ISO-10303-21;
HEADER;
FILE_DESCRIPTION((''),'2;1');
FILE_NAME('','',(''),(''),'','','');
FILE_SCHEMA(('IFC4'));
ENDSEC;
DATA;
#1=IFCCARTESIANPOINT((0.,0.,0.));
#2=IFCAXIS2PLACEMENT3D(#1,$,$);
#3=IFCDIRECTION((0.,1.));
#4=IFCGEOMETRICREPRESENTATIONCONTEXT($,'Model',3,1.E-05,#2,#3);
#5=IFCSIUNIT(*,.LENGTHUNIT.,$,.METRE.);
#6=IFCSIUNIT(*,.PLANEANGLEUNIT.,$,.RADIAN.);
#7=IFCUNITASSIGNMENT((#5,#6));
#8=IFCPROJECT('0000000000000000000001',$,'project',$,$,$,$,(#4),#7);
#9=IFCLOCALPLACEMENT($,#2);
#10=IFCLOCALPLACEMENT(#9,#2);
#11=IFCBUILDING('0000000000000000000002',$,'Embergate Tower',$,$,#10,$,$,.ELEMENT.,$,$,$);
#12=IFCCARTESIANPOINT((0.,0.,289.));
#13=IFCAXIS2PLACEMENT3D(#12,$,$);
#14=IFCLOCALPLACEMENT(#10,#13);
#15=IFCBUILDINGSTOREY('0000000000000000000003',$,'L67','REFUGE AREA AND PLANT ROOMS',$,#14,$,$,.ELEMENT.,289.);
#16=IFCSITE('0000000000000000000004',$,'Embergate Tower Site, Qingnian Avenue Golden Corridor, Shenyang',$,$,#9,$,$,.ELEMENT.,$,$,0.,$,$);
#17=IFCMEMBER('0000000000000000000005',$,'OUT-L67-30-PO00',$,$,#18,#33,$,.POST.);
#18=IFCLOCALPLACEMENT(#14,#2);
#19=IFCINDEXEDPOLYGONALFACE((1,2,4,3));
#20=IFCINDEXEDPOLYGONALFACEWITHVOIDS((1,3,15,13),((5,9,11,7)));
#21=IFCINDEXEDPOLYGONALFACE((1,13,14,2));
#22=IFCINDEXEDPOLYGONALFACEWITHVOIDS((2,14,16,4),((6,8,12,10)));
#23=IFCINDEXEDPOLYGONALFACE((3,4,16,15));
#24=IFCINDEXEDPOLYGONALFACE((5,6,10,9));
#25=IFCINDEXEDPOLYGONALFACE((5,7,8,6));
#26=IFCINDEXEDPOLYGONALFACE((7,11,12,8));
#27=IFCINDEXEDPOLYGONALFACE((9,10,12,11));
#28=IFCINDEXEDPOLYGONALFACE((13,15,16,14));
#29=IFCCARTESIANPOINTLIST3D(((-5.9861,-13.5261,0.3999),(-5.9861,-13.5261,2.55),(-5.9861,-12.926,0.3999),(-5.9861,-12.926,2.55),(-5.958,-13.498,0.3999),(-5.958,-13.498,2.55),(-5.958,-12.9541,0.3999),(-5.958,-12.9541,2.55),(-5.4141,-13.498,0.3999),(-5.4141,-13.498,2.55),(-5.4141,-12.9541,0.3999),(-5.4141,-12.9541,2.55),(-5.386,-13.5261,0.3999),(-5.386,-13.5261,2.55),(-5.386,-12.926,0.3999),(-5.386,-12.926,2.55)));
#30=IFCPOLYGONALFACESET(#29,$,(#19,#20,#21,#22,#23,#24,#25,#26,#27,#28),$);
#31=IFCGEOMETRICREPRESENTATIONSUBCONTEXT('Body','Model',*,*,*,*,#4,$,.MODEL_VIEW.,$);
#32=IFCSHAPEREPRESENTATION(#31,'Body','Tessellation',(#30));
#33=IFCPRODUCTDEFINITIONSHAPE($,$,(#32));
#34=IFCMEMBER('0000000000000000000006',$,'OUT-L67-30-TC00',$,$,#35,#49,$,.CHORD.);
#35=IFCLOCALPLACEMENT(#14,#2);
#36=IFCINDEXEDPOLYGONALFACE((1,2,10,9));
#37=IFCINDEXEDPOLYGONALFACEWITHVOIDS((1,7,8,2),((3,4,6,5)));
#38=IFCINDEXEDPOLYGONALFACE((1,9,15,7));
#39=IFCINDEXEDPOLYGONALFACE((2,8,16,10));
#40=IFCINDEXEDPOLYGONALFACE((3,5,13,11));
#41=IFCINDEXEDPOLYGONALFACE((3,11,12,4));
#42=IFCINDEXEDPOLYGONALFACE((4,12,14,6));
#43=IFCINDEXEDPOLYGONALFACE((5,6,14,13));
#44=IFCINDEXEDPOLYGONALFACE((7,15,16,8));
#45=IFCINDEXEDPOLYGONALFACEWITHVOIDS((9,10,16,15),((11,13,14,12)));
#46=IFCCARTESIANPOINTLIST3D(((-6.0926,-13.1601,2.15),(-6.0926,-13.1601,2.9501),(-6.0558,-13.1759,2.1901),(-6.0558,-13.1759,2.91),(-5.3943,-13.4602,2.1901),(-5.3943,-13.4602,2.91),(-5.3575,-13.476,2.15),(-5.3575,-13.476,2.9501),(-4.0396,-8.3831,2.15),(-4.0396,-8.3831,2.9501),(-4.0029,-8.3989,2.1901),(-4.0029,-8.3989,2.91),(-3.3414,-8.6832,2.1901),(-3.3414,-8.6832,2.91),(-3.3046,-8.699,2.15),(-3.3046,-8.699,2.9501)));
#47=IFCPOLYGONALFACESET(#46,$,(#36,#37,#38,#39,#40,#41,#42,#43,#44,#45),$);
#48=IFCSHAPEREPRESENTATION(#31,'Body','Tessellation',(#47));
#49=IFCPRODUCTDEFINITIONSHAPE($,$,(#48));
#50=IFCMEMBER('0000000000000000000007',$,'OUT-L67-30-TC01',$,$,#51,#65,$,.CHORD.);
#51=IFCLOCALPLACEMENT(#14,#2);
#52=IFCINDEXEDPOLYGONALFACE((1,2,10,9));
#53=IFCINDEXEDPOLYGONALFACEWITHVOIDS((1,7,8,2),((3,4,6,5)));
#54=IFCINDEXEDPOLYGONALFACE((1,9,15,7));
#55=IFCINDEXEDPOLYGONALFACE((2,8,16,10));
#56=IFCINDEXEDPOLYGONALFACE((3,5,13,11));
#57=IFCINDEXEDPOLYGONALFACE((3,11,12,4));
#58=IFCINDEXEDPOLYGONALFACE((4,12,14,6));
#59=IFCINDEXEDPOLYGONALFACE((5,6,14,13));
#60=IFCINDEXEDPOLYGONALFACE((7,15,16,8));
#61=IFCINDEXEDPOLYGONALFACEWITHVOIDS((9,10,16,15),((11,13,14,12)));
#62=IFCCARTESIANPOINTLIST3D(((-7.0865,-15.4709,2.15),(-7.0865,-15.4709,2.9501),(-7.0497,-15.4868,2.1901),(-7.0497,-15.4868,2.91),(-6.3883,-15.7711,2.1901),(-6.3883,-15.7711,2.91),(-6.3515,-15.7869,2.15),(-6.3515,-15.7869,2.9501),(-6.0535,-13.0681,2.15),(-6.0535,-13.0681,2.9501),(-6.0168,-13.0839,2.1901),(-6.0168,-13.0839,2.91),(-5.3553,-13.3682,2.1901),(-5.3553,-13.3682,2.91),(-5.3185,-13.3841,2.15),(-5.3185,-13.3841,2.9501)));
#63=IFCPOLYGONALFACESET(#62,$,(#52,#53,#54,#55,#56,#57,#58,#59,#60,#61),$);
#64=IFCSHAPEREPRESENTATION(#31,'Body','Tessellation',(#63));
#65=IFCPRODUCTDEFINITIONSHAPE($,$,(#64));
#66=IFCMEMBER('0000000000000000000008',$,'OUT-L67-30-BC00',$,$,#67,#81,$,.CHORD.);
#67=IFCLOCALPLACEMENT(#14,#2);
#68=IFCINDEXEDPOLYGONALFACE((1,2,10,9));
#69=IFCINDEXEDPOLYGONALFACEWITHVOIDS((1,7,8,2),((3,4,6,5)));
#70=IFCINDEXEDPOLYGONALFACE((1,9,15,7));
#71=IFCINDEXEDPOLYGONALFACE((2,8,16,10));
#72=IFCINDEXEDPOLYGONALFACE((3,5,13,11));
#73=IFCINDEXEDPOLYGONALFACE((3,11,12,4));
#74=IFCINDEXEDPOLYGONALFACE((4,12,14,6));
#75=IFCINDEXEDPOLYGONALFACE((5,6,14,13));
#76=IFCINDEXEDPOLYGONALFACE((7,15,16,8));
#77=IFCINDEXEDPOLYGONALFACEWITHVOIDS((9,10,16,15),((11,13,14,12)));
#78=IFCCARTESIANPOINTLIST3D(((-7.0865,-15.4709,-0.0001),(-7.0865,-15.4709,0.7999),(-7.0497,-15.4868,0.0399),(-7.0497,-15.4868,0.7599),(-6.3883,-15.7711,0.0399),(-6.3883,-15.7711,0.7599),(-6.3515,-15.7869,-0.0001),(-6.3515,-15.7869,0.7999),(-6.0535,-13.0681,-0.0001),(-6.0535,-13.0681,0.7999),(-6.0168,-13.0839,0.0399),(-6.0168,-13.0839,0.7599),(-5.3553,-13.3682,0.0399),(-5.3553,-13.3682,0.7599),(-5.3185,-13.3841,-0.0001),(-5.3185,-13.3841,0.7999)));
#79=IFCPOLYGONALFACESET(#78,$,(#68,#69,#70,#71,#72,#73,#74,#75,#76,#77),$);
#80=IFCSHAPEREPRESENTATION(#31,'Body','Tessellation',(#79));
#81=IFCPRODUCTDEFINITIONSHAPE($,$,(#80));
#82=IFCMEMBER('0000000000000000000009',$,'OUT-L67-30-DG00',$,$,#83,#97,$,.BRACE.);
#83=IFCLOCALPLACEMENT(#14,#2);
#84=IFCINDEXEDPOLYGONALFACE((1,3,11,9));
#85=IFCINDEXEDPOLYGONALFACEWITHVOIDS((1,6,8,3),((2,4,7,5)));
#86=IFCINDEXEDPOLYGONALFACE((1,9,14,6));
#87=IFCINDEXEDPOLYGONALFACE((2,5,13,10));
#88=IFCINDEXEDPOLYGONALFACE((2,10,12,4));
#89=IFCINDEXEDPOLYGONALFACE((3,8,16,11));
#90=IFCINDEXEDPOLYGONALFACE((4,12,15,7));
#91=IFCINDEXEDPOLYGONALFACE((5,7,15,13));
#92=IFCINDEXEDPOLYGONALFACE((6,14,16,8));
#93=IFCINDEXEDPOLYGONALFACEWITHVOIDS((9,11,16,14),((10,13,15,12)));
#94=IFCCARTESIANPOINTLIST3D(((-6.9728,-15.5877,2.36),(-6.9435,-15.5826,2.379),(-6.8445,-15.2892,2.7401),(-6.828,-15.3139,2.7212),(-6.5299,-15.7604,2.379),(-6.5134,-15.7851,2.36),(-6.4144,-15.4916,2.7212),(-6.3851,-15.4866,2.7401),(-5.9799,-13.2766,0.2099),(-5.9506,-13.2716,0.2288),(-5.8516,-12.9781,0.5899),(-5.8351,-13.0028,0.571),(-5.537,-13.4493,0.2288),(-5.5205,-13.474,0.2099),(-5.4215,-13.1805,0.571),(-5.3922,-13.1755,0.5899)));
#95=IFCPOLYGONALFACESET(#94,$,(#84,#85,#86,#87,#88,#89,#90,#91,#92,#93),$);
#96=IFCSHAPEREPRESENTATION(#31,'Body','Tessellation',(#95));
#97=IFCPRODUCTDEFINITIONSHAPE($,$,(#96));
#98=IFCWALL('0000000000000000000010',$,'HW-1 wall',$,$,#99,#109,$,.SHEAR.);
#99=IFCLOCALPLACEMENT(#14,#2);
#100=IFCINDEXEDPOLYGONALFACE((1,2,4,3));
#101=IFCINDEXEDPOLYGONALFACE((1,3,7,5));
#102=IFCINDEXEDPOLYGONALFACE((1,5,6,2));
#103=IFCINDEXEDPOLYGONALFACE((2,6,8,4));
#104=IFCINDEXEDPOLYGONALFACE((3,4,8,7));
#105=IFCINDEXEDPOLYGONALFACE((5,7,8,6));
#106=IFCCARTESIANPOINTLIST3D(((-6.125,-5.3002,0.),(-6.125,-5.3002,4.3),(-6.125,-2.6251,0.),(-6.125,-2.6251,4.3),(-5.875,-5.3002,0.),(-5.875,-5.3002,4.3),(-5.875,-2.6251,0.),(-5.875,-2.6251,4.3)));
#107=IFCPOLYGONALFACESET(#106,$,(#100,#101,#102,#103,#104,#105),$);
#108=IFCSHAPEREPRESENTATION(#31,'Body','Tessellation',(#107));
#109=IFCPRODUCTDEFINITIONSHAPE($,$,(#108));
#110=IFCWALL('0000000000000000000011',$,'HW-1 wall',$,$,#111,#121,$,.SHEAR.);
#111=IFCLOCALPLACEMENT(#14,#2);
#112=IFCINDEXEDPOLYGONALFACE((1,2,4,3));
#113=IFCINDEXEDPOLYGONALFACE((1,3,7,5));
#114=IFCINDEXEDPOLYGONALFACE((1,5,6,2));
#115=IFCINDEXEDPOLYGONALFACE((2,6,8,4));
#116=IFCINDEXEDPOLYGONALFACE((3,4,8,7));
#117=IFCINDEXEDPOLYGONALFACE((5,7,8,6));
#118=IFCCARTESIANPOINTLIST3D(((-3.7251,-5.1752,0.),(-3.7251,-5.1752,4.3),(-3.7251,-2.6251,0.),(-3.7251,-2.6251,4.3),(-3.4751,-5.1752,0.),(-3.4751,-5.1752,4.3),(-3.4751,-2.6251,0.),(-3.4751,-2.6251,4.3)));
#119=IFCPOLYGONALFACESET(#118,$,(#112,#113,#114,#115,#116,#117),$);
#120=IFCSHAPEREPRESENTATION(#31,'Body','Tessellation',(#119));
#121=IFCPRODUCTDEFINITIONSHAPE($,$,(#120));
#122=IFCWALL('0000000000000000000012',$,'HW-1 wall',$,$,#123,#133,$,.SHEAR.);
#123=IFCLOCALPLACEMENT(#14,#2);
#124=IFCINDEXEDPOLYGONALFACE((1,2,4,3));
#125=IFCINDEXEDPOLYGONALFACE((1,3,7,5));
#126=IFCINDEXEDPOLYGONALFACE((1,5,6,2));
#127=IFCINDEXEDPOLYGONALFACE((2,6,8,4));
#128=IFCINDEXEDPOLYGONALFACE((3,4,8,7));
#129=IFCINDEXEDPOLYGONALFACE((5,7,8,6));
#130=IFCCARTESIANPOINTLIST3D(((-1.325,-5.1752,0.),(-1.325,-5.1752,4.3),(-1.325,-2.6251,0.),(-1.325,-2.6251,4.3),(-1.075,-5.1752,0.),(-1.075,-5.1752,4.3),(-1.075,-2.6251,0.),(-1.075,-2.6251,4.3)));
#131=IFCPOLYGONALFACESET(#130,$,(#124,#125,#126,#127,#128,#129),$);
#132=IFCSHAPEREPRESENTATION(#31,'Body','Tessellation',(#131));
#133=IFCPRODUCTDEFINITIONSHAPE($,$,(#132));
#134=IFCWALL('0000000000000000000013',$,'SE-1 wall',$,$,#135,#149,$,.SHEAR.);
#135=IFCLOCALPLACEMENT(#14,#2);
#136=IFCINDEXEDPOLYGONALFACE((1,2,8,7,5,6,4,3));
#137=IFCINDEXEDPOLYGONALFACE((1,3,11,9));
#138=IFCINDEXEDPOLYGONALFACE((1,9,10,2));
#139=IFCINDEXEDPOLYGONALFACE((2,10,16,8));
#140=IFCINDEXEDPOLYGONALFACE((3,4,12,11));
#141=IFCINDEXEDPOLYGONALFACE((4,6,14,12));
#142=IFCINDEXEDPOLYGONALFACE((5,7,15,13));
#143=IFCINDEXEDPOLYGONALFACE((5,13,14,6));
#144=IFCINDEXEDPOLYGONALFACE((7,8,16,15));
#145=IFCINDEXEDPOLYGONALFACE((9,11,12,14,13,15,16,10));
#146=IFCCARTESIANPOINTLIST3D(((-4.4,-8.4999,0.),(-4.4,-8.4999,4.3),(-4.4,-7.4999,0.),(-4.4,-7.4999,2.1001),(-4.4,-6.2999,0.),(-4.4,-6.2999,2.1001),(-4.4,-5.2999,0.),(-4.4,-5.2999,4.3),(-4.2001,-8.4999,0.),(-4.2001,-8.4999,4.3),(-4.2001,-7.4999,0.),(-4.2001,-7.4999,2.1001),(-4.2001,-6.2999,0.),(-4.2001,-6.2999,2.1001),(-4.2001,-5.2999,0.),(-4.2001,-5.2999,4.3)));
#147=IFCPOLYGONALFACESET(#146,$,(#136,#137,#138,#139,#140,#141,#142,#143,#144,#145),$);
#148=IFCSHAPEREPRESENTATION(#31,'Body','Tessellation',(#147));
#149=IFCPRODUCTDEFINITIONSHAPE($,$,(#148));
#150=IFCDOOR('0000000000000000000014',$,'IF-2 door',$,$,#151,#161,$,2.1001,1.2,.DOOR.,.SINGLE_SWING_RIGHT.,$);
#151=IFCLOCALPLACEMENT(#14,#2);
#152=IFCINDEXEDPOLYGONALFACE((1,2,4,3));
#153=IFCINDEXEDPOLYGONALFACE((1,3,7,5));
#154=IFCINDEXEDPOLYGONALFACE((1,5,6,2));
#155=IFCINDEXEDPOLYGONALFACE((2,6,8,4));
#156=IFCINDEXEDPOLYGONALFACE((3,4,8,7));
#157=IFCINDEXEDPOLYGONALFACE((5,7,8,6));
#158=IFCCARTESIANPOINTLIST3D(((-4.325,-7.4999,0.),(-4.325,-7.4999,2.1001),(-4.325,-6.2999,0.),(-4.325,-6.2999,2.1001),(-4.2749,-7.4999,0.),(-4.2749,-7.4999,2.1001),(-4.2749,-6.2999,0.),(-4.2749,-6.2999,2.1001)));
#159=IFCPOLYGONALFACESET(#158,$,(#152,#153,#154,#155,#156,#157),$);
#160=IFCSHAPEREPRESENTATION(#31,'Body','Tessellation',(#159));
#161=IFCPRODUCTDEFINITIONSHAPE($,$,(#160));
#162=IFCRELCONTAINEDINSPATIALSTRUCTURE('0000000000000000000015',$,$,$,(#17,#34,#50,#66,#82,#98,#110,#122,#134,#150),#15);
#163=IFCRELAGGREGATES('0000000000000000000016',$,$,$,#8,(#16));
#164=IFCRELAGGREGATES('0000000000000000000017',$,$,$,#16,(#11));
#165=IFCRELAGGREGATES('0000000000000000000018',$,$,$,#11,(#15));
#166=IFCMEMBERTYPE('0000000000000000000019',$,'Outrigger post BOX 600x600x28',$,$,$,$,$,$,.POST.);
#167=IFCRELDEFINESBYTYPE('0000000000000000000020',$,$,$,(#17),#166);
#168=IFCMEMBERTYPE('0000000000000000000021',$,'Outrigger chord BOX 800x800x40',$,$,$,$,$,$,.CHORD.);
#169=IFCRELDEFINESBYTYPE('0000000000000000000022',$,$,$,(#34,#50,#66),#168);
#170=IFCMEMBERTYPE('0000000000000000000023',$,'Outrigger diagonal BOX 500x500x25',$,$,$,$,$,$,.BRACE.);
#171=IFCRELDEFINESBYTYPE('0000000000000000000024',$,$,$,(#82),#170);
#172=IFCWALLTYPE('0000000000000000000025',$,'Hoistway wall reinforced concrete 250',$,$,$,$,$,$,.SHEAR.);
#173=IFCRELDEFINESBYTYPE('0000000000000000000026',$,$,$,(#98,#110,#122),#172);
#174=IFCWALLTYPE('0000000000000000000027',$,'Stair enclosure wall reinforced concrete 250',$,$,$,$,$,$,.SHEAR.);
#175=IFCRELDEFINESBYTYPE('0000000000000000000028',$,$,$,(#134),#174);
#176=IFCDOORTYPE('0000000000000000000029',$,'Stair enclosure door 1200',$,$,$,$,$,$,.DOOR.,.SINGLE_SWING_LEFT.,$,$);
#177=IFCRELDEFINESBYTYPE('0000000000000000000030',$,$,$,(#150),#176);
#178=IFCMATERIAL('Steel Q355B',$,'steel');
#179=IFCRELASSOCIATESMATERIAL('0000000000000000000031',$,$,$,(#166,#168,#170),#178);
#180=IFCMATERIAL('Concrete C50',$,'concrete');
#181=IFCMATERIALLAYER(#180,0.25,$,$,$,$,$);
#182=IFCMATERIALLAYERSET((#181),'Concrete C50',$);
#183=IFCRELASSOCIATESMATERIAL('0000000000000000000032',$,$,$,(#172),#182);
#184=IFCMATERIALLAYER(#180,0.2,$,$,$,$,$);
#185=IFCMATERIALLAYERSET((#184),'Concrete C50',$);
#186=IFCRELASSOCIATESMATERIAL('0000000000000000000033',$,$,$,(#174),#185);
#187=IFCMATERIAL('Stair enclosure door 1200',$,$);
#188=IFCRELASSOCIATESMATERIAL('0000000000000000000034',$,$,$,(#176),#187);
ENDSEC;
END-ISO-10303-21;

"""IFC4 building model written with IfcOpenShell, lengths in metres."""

from ifc_helpers import new_model, si_unit, direction, frame, frame_2d, origin, origin_2d, place, context, subcontext, project, spatial, rectangle, hollow_rectangle, extrude, source, transform, mapped, material, layer, layer_set, material_profile, profile_set, type_object, element, fill, save


model = new_model("IFC4")

# Units and contexts
model_context = context("Model", 3, precision=1e-05, world=origin(), true_north=direction((0.0, 1.0)))
body_context = subcontext(model_context, "Body", "Model", "MODEL_VIEW")
ifc_project = project(units=[si_unit("LENGTHUNIT", "METRE"), si_unit("PLANEANGLEUNIT", "RADIAN")], contexts=[model_context])

# Site, building, storey
site_placement = place(None, origin())
site = spatial("IfcSite", under=ifc_project, at=site_placement, Name="Embergate Tower Site, Qingnian Avenue Golden Corridor, Shenyang", CompositionType="ELEMENT", RefElevation=0.0)
building_placement = place(site_placement, origin())
building = spatial("IfcBuilding", under=site, at=building_placement, Name="Embergate Tower", CompositionType="ELEMENT")
storey_placement = place(building_placement, frame((0.0, 0.0, 289.0)))
storey = spatial("IfcBuildingStorey", under=building, at=storey_placement, Name="L67", Description="REFUGE AREA AND PLANT ROOMS", CompositionType="ELEMENT", Elevation=289.0)

# Members
ifc_material_1 = material(Name="Steel Q355B", Category="steel")
ifc_material_profile_1 = material_profile(ifc_material_1, hollow_rectangle(XDim=0.6001, YDim=0.6001, WallThickness=0.0281, at=origin_2d()), Name="BOX 600x600x28")
ifc_profile_set_1 = profile_set([ifc_material_profile_1], Name="Steel Q355 grade B")
member_type_1 = type_object("IfcMemberType", Name="Outrigger post BOX 600x600x28", PredefinedType="POST", material=ifc_profile_set_1)
shared_shape_1 = source(origin(), body_context, "Body", "SweptSolid", [
    extrude(hollow_rectangle(XDim=0.6001, YDim=0.6001, WallThickness=0.0281, at=origin_2d()), origin(), (0.0, 0.0, 1.0), 2.1501),
])
member_1_placement = place(storey_placement, frame((-5.686, -13.2261, 0.3999), z_axis=(0.0, 0.0, 1.0), x_axis=(1.0, 0.0, 0.0)))
element("IfcMember", 1, at=member_1_placement, inside=storey, type_object=member_type_1, Name="OUT-L67-30-PO00", PredefinedType="POST", context=body_context, shape_type="MappedRepresentation", body=[
    mapped(shared_shape_1, transform((0.0, 0.0, 0.0))),
])
ifc_material_profile_2 = material_profile(ifc_material_1, hollow_rectangle(XDim=0.8, YDim=0.8, WallThickness=0.04, at=origin_2d()), Name="BOX 800x800x40")
ifc_profile_set_2 = profile_set([ifc_material_profile_2], Name="Steel Q355 grade B")
member_type_2 = type_object("IfcMemberType", Name="Outrigger chord BOX 800x800x40", PredefinedType="CHORD", material=ifc_profile_set_2)
shared_shape_2 = source(origin(), body_context, "Body", "SweptSolid", [
    extrude(hollow_rectangle(XDim=0.8, YDim=0.8, WallThickness=0.04, at=origin_2d()), origin(), (0.0, 0.0, 1.0), 5.1995),
])
member_2_placement = place(storey_placement, frame((-3.6721, -8.541, 2.55), z_axis=(-0.394837, -0.918751, 0.0), x_axis=(0.918751, -0.394837, 0.0)))
element("IfcMember", 2, at=member_2_placement, inside=storey, type_object=member_type_2, Name="OUT-L67-30-TC00", PredefinedType="CHORD", context=body_context, shape_type="MappedRepresentation", body=[
    mapped(shared_shape_2, transform((0.0, 0.0, 0.0))),
])
shared_shape_3 = source(origin(), body_context, "Body", "SweptSolid", [
    extrude(hollow_rectangle(XDim=0.8, YDim=0.8, WallThickness=0.04, at=origin_2d()), origin(), (0.0, 0.0, 1.0), 2.6155),
])
for number, where, z_axis, x_axis, name in (
    (3, (-5.686, -13.2261, 2.55), (-0.394944, -0.918705, 0.0), (0.918705, -0.394944, 0.0), "OUT-L67-30-TC01"),
    (4, (-5.686, -13.2261, 0.3999), (-0.394944, -0.918705, 0.0), (0.918705, -0.394944, 0.0), "OUT-L67-30-BC00"),
):
    element("IfcMember", number, at=place(storey_placement, frame(where, z_axis=z_axis, x_axis=x_axis)), inside=storey, type_object=member_type_2, Name=name, PredefinedType="CHORD", context=body_context, shape_type="MappedRepresentation", body=[
        mapped(shared_shape_3, transform((0.0, 0.0, 0.0))),
    ])
ifc_material_profile_3 = material_profile(ifc_material_1, hollow_rectangle(XDim=0.5, YDim=0.5, WallThickness=0.0249, at=origin_2d()), Name="BOX 500x500x25")
ifc_profile_set_3 = profile_set([ifc_material_profile_3], Name="Steel Q355 grade B")
member_type_3 = type_object("IfcMemberType", Name="Outrigger diagonal BOX 500x500x25", PredefinedType="BRACE", material=ifc_profile_set_3)
shared_shape_4 = source(origin(), body_context, "Body", "SweptSolid", [
    extrude(hollow_rectangle(XDim=0.5, YDim=0.5, WallThickness=0.0249, at=origin_2d()), origin(), (0.0, 0.0, 1.0), 3.3091),
])
member_3_placement = place(storey_placement, frame((-5.686, -13.2261, 0.3999), z_axis=(-0.300061, -0.698395, 0.649775), x_axis=(0.918788, -0.394751, 0.0)))
element("IfcMember", 5, at=member_3_placement, inside=storey, type_object=member_type_3, Name="OUT-L67-30-DG00", PredefinedType="BRACE", context=body_context, shape_type="MappedRepresentation", body=[
    mapped(shared_shape_4, transform((0.0, 0.0, 0.0))),
])

# Walls
ifc_material_2 = material(Name="Concrete C50", Category="concrete")
ifc_layer_1 = layer(ifc_material_2, 0.25)
ifc_layer_set_1 = layer_set([ifc_layer_1], Name="Concrete C50")
wall_type_1 = type_object("IfcWallType", Name="Hoistway wall reinforced concrete 250", PredefinedType="SHEAR", material=ifc_layer_set_1)
shared_shape_5 = source(origin(), body_context, "Body", "SweptSolid", [
    extrude(rectangle(XDim=2.675, YDim=0.25, at=frame_2d((1.3374, 0.0))), origin(), (0.0, 0.0, 1.0), 4.3),
])
wall_1_placement = place(storey_placement, frame((-6.0, -5.3, 0.0), z_axis=(0.0, 0.0, 1.0), x_axis=(0.0, 1.0, 0.0)))
element("IfcWall", 6, at=wall_1_placement, inside=storey, type_object=wall_type_1, Name="HW-1 wall", PredefinedType="SHEAR", context=body_context, shape_type="MappedRepresentation", body=[
    mapped(shared_shape_5, transform((0.0, 0.0, 0.0))),
])
shared_shape_6 = source(origin(), body_context, "Body", "SweptSolid", [
    extrude(rectangle(XDim=2.55, YDim=0.25, at=frame_2d((1.2749, 0.0))), origin(), (0.0, 0.0, 1.0), 4.3),
])
for number, where, z_axis, x_axis, name in (
    (7, (-3.6001, -5.175, 0.0), (0.0, 0.0, 1.0), (0.0, 1.0, 0.0), "HW-1 wall"),
    (8, (-1.2, -5.175, 0.0), (0.0, 0.0, 1.0), (0.0, 1.0, 0.0), "HW-1 wall"),
):
    element("IfcWall", number, at=place(storey_placement, frame(where, z_axis=z_axis, x_axis=x_axis)), inside=storey, type_object=wall_type_1, Name=name, PredefinedType="SHEAR", context=body_context, shape_type="MappedRepresentation", body=[
        mapped(shared_shape_6, transform((0.0, 0.0, 0.0))),
    ])

# Wall, opening, door
ifc_layer_2 = layer(ifc_material_2, 0.2)
ifc_layer_set_2 = layer_set([ifc_layer_2], Name="Concrete C50")
wall_type_2 = type_object("IfcWallType", Name="Stair enclosure wall reinforced concrete 250", PredefinedType="SHEAR", material=ifc_layer_set_2)
shared_shape_7 = source(origin(), body_context, "Body", "SweptSolid", [
    extrude(rectangle(XDim=3.2, YDim=0.2, at=frame_2d((1.6001, 0.0))), origin(), (0.0, 0.0, 1.0), 4.3),
])
wall_2_placement = place(storey_placement, frame((-4.3, -8.5, 0.0), z_axis=(0.0, 0.0, 1.0), x_axis=(0.0, 1.0, 0.0)))
wall_2 = element("IfcWall", 9, at=wall_2_placement, inside=storey, type_object=wall_type_2, Name="SE-1 wall", PredefinedType="SHEAR", context=body_context, shape_type="MappedRepresentation", body=[
    mapped(shared_shape_7, transform((0.0, 0.0, 0.0))),
])
shared_shape_8 = source(origin(), body_context, "Body", "SweptSolid", [
    extrude(rectangle(XDim=1.2, YDim=2.1001, at=frame_2d((0.6001, 1.05))), frame((0.0, 0.1099, 0.0), z_axis=(0.0, -1.0, 0.0), x_axis=(1.0, 0.0, 0.0)), (0.0, 0.0, 1.0), 0.22),
])
opening_1_placement = place(wall_2_placement, frame((1.0, 0.0, 0.0)))
opening_1 = element("IfcOpeningElement", 10, at=opening_1_placement, cuts=wall_2, PredefinedType="OPENING", context=body_context, shape_type="MappedRepresentation", body=[
    mapped(shared_shape_8, transform((0.0, 0.0, 0.0))),
])
ifc_material_3 = material(Name="Stair enclosure door 1200")
door_type_1 = type_object("IfcDoorType", Name="Stair enclosure door 1200", OperationType="SINGLE_SWING_LEFT", PredefinedType="DOOR", material=ifc_material_3)
shared_shape_9 = source(origin(), body_context, "Body", "SweptSolid", [
    extrude(rectangle(XDim=1.2, YDim=2.1001, at=frame_2d((0.6001, 1.05))), frame((0.0, 0.0249, 0.0), z_axis=(0.0, -1.0, 0.0), x_axis=(1.0, 0.0, 0.0)), (0.0, 0.0, 1.0), 0.05),
])
door_1_placement = place(opening_1_placement, origin())
door_1 = element("IfcDoor", 11, at=door_1_placement, inside=storey, type_object=door_type_1, Name="IF-2 door", OperationType="SINGLE_SWING_RIGHT", OverallHeight=2.1001, OverallWidth=1.2, PredefinedType="DOOR", context=body_context, shape_type="MappedRepresentation", body=[
    mapped(shared_shape_9, transform((0.0, 0.0, 0.0))),
])
fill(opening_1, door_1)

save(model, "model.ifc")
